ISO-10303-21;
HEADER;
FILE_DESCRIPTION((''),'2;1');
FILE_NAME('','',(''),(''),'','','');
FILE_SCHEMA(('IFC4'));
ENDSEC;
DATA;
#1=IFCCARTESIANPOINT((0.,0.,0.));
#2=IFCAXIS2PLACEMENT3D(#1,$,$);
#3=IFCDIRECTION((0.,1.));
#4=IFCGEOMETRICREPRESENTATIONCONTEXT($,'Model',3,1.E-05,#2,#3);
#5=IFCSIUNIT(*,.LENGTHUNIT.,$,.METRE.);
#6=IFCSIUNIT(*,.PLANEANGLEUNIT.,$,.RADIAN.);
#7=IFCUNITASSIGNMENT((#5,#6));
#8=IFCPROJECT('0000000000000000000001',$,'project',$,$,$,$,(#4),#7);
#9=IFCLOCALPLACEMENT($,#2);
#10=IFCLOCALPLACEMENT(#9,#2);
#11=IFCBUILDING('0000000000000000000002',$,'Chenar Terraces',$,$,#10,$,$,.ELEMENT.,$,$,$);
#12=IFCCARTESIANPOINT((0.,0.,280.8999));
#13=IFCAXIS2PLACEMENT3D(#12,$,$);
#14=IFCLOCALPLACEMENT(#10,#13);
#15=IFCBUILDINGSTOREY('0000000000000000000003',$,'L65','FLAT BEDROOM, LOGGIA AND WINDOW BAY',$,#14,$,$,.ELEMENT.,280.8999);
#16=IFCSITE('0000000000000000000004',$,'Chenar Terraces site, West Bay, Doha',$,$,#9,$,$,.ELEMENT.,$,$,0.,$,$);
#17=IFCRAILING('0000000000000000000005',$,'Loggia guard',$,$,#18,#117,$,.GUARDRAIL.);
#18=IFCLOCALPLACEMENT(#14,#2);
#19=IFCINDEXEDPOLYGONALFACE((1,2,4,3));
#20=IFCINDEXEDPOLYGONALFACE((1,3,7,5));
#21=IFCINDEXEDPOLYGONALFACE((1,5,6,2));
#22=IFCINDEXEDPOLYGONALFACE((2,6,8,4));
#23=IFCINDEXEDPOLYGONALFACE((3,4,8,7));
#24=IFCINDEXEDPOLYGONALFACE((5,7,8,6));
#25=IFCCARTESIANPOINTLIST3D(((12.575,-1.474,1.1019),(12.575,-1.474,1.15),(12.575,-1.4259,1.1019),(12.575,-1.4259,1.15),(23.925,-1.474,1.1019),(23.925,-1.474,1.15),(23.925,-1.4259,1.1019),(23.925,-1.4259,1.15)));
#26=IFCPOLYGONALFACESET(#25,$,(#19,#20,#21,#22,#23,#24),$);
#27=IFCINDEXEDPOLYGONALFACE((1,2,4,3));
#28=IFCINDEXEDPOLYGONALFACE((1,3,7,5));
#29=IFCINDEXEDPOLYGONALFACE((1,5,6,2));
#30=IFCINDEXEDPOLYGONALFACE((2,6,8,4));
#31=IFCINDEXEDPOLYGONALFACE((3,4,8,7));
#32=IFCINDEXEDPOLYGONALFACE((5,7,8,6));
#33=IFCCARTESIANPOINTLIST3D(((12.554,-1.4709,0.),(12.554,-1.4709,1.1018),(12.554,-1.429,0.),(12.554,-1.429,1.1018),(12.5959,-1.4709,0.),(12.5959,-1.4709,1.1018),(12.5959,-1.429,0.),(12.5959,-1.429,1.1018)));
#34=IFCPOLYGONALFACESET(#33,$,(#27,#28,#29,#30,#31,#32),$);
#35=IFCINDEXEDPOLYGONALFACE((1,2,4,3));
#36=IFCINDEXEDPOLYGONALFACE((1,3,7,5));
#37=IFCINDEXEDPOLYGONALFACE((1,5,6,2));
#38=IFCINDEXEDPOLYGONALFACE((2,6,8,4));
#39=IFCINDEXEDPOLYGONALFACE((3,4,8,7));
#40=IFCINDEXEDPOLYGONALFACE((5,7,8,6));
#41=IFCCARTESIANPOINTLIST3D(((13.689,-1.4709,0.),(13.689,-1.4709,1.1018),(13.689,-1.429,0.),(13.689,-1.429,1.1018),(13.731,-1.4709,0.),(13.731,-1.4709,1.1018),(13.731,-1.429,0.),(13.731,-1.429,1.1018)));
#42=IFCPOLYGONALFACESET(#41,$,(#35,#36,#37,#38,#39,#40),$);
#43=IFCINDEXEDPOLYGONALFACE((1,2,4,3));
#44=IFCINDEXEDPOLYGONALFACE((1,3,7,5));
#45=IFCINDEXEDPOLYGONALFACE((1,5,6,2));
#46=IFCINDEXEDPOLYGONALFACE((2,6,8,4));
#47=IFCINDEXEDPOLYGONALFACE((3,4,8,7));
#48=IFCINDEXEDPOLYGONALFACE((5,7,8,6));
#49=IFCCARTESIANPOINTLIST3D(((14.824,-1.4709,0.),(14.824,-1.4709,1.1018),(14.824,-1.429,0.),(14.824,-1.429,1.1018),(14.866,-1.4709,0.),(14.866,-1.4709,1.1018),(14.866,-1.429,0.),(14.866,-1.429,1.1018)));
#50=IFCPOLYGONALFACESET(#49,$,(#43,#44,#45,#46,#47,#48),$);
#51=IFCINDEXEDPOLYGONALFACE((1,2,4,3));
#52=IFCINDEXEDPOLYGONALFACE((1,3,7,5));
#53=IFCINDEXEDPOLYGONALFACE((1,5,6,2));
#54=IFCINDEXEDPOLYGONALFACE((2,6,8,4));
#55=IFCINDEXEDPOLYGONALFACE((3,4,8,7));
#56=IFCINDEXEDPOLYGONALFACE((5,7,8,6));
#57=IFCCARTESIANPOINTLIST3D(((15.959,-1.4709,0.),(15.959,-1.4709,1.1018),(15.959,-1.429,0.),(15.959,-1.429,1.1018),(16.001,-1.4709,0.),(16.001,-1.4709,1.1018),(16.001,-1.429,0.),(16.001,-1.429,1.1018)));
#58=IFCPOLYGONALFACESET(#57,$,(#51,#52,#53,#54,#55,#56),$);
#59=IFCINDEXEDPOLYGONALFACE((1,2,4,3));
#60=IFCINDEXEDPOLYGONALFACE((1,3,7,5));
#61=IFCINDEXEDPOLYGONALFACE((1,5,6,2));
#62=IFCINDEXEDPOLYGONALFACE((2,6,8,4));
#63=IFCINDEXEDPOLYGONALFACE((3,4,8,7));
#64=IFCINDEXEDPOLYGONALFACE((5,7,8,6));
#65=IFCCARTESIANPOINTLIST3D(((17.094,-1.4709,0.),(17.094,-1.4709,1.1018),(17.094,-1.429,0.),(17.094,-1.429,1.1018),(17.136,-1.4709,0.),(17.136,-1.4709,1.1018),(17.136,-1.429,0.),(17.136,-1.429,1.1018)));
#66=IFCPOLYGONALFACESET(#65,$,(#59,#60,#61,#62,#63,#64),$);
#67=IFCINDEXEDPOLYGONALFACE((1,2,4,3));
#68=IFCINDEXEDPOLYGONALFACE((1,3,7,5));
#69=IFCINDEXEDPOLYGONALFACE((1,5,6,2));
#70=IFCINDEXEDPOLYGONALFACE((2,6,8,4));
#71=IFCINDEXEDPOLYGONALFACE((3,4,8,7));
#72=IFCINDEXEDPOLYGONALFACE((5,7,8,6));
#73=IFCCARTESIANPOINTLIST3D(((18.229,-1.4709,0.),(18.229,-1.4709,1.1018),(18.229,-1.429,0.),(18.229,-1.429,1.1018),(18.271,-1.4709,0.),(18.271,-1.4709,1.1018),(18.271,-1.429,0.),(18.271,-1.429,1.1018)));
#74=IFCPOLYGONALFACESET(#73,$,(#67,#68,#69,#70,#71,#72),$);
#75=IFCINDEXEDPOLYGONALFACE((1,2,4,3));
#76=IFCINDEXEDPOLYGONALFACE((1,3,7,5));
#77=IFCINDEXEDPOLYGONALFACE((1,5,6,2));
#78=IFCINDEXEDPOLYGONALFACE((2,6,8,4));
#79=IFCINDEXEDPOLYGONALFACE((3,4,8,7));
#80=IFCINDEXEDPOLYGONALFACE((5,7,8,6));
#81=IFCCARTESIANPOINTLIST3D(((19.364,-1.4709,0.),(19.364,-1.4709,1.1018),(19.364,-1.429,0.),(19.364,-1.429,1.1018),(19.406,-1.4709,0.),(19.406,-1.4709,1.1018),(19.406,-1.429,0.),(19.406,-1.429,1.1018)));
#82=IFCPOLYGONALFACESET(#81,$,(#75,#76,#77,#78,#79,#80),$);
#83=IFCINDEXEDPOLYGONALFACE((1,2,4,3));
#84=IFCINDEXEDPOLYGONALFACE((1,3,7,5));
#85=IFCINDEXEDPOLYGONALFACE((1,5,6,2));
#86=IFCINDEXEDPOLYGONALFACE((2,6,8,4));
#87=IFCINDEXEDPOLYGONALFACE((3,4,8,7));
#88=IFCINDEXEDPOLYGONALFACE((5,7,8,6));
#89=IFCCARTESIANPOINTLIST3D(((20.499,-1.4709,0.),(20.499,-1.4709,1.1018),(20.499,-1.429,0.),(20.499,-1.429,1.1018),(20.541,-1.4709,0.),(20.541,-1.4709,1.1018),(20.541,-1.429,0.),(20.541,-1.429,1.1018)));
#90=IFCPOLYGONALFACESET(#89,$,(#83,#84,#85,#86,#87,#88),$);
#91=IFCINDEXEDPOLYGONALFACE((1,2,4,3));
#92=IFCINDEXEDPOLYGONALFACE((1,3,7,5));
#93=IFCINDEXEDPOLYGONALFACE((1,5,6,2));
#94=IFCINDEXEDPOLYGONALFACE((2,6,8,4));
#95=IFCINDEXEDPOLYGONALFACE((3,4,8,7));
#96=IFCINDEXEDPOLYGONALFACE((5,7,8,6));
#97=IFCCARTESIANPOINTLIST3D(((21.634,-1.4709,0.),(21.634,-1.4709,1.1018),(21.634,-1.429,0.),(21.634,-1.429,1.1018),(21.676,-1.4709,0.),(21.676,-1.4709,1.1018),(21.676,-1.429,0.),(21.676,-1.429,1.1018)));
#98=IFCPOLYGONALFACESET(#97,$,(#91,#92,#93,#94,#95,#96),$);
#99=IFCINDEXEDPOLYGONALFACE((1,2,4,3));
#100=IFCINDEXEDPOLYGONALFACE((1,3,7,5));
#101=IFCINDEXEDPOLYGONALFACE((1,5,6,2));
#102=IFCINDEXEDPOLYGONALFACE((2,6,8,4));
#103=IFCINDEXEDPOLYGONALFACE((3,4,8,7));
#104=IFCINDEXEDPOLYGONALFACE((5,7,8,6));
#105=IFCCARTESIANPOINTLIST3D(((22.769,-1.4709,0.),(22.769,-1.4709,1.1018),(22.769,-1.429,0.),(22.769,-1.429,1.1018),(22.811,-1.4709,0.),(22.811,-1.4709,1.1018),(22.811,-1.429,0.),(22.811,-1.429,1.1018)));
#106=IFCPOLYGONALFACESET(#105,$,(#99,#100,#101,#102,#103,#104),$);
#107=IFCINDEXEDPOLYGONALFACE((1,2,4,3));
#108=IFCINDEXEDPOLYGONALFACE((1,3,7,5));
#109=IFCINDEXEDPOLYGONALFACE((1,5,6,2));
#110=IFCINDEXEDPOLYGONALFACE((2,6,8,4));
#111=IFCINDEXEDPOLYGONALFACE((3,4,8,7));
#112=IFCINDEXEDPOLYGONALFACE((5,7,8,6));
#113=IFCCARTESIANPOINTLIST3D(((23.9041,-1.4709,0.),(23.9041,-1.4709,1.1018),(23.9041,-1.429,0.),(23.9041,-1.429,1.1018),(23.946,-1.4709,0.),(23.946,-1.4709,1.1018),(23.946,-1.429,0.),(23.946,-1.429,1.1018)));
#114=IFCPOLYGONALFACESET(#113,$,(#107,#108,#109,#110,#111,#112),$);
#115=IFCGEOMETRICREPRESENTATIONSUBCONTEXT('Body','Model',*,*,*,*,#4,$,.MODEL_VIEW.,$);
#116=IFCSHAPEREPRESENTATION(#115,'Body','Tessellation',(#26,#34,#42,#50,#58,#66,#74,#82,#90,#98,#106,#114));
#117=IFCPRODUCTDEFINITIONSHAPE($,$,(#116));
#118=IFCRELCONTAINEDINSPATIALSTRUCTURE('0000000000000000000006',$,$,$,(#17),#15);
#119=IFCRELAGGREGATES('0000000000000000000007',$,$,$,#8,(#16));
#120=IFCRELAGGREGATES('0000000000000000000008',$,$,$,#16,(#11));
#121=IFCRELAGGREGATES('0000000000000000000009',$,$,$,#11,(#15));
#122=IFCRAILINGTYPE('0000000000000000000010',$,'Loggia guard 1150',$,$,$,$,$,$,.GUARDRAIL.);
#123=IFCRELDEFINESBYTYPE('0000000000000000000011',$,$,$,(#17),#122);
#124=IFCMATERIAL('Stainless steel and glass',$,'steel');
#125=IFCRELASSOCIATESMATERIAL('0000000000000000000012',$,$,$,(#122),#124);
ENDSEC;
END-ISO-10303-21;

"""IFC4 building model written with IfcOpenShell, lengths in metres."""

from ifc_helpers import new_model, si_unit, direction, frame, origin, origin_2d, place, context, subcontext, project, spatial, rectangle, extrude, material, type_object, element, save


model = new_model("IFC4")

# Units and contexts
model_context = context("Model", 3, precision=1e-05, world=origin(), true_north=direction((0.0, 1.0)))
body_context = subcontext(model_context, "Body", "Model", "MODEL_VIEW")
ifc_project = project(units=[si_unit("LENGTHUNIT", "METRE"), si_unit("PLANEANGLEUNIT", "RADIAN")], contexts=[model_context])

# Site, building, storey
site_placement = place(None, origin())
site = spatial("IfcSite", under=ifc_project, at=site_placement, Name="Chenar Terraces site, West Bay, Doha", CompositionType="ELEMENT", RefElevation=0.0)
building_placement = place(site_placement, origin())
building = spatial("IfcBuilding", under=site, at=building_placement, Name="Chenar Terraces", CompositionType="ELEMENT")
storey_placement = place(building_placement, frame((0.0, 0.0, 280.8999)))
storey = spatial("IfcBuildingStorey", under=building, at=storey_placement, Name="L65", Description="FLAT BEDROOM, LOGGIA AND WINDOW BAY", CompositionType="ELEMENT", Elevation=280.8999)

# Railing
ifc_material_1 = material(Name="Stainless steel and glass", Category="steel")
railing_type = type_object("IfcRailingType", Name="Loggia guard 1150", PredefinedType="GUARDRAIL", material=ifc_material_1)
railing_placement = place(storey_placement, frame((12.575, -1.45, 0.0)))
element("IfcRailing", 1, at=railing_placement, inside=storey, type_object=railing_type, Name="Loggia guard", PredefinedType="GUARDRAIL", context=body_context, shape_type="SweptSolid", body=[
    extrude(rectangle(XDim=0.0481, YDim=0.0481, at=origin_2d()), frame((0.0, 0.0, 1.126), z_axis=(1.0, 0.0, 0.0), x_axis=(0.0, 1.0, 0.0)), (0.0, 0.0, 1.0), 11.3501),
    extrude(rectangle(XDim=0.042, YDim=0.042, at=origin_2d()), origin(), (0.0, 0.0, 1.0), 1.1018),
    extrude(rectangle(XDim=0.042, YDim=0.042, at=origin_2d()), frame((1.135, 0.0, 0.0)), (0.0, 0.0, 1.0), 1.1018),
    extrude(rectangle(XDim=0.042, YDim=0.042, at=origin_2d()), frame((2.27, 0.0, 0.0)), (0.0, 0.0, 1.0), 1.1018),
    extrude(rectangle(XDim=0.042, YDim=0.042, at=origin_2d()), frame((3.405, 0.0, 0.0)), (0.0, 0.0, 1.0), 1.1018),
    extrude(rectangle(XDim=0.042, YDim=0.042, at=origin_2d()), frame((4.54, 0.0, 0.0)), (0.0, 0.0, 1.0), 1.1018),
    extrude(rectangle(XDim=0.042, YDim=0.042, at=origin_2d()), frame((5.675, 0.0, 0.0)), (0.0, 0.0, 1.0), 1.1018),
    extrude(rectangle(XDim=0.042, YDim=0.042, at=origin_2d()), frame((6.8101, 0.0, 0.0)), (0.0, 0.0, 1.0), 1.1018),
    extrude(rectangle(XDim=0.042, YDim=0.042, at=origin_2d()), frame((7.9451, 0.0, 0.0)), (0.0, 0.0, 1.0), 1.1018),
    extrude(rectangle(XDim=0.042, YDim=0.042, at=origin_2d()), frame((9.0801, 0.0, 0.0)), (0.0, 0.0, 1.0), 1.1018),
    extrude(rectangle(XDim=0.042, YDim=0.042, at=origin_2d()), frame((10.2151, 0.0, 0.0)), (0.0, 0.0, 1.0), 1.1018),
    extrude(rectangle(XDim=0.042, YDim=0.042, at=origin_2d()), frame((11.3501, 0.0, 0.0)), (0.0, 0.0, 1.0), 1.1018),
])

save(model, "model.ifc")
